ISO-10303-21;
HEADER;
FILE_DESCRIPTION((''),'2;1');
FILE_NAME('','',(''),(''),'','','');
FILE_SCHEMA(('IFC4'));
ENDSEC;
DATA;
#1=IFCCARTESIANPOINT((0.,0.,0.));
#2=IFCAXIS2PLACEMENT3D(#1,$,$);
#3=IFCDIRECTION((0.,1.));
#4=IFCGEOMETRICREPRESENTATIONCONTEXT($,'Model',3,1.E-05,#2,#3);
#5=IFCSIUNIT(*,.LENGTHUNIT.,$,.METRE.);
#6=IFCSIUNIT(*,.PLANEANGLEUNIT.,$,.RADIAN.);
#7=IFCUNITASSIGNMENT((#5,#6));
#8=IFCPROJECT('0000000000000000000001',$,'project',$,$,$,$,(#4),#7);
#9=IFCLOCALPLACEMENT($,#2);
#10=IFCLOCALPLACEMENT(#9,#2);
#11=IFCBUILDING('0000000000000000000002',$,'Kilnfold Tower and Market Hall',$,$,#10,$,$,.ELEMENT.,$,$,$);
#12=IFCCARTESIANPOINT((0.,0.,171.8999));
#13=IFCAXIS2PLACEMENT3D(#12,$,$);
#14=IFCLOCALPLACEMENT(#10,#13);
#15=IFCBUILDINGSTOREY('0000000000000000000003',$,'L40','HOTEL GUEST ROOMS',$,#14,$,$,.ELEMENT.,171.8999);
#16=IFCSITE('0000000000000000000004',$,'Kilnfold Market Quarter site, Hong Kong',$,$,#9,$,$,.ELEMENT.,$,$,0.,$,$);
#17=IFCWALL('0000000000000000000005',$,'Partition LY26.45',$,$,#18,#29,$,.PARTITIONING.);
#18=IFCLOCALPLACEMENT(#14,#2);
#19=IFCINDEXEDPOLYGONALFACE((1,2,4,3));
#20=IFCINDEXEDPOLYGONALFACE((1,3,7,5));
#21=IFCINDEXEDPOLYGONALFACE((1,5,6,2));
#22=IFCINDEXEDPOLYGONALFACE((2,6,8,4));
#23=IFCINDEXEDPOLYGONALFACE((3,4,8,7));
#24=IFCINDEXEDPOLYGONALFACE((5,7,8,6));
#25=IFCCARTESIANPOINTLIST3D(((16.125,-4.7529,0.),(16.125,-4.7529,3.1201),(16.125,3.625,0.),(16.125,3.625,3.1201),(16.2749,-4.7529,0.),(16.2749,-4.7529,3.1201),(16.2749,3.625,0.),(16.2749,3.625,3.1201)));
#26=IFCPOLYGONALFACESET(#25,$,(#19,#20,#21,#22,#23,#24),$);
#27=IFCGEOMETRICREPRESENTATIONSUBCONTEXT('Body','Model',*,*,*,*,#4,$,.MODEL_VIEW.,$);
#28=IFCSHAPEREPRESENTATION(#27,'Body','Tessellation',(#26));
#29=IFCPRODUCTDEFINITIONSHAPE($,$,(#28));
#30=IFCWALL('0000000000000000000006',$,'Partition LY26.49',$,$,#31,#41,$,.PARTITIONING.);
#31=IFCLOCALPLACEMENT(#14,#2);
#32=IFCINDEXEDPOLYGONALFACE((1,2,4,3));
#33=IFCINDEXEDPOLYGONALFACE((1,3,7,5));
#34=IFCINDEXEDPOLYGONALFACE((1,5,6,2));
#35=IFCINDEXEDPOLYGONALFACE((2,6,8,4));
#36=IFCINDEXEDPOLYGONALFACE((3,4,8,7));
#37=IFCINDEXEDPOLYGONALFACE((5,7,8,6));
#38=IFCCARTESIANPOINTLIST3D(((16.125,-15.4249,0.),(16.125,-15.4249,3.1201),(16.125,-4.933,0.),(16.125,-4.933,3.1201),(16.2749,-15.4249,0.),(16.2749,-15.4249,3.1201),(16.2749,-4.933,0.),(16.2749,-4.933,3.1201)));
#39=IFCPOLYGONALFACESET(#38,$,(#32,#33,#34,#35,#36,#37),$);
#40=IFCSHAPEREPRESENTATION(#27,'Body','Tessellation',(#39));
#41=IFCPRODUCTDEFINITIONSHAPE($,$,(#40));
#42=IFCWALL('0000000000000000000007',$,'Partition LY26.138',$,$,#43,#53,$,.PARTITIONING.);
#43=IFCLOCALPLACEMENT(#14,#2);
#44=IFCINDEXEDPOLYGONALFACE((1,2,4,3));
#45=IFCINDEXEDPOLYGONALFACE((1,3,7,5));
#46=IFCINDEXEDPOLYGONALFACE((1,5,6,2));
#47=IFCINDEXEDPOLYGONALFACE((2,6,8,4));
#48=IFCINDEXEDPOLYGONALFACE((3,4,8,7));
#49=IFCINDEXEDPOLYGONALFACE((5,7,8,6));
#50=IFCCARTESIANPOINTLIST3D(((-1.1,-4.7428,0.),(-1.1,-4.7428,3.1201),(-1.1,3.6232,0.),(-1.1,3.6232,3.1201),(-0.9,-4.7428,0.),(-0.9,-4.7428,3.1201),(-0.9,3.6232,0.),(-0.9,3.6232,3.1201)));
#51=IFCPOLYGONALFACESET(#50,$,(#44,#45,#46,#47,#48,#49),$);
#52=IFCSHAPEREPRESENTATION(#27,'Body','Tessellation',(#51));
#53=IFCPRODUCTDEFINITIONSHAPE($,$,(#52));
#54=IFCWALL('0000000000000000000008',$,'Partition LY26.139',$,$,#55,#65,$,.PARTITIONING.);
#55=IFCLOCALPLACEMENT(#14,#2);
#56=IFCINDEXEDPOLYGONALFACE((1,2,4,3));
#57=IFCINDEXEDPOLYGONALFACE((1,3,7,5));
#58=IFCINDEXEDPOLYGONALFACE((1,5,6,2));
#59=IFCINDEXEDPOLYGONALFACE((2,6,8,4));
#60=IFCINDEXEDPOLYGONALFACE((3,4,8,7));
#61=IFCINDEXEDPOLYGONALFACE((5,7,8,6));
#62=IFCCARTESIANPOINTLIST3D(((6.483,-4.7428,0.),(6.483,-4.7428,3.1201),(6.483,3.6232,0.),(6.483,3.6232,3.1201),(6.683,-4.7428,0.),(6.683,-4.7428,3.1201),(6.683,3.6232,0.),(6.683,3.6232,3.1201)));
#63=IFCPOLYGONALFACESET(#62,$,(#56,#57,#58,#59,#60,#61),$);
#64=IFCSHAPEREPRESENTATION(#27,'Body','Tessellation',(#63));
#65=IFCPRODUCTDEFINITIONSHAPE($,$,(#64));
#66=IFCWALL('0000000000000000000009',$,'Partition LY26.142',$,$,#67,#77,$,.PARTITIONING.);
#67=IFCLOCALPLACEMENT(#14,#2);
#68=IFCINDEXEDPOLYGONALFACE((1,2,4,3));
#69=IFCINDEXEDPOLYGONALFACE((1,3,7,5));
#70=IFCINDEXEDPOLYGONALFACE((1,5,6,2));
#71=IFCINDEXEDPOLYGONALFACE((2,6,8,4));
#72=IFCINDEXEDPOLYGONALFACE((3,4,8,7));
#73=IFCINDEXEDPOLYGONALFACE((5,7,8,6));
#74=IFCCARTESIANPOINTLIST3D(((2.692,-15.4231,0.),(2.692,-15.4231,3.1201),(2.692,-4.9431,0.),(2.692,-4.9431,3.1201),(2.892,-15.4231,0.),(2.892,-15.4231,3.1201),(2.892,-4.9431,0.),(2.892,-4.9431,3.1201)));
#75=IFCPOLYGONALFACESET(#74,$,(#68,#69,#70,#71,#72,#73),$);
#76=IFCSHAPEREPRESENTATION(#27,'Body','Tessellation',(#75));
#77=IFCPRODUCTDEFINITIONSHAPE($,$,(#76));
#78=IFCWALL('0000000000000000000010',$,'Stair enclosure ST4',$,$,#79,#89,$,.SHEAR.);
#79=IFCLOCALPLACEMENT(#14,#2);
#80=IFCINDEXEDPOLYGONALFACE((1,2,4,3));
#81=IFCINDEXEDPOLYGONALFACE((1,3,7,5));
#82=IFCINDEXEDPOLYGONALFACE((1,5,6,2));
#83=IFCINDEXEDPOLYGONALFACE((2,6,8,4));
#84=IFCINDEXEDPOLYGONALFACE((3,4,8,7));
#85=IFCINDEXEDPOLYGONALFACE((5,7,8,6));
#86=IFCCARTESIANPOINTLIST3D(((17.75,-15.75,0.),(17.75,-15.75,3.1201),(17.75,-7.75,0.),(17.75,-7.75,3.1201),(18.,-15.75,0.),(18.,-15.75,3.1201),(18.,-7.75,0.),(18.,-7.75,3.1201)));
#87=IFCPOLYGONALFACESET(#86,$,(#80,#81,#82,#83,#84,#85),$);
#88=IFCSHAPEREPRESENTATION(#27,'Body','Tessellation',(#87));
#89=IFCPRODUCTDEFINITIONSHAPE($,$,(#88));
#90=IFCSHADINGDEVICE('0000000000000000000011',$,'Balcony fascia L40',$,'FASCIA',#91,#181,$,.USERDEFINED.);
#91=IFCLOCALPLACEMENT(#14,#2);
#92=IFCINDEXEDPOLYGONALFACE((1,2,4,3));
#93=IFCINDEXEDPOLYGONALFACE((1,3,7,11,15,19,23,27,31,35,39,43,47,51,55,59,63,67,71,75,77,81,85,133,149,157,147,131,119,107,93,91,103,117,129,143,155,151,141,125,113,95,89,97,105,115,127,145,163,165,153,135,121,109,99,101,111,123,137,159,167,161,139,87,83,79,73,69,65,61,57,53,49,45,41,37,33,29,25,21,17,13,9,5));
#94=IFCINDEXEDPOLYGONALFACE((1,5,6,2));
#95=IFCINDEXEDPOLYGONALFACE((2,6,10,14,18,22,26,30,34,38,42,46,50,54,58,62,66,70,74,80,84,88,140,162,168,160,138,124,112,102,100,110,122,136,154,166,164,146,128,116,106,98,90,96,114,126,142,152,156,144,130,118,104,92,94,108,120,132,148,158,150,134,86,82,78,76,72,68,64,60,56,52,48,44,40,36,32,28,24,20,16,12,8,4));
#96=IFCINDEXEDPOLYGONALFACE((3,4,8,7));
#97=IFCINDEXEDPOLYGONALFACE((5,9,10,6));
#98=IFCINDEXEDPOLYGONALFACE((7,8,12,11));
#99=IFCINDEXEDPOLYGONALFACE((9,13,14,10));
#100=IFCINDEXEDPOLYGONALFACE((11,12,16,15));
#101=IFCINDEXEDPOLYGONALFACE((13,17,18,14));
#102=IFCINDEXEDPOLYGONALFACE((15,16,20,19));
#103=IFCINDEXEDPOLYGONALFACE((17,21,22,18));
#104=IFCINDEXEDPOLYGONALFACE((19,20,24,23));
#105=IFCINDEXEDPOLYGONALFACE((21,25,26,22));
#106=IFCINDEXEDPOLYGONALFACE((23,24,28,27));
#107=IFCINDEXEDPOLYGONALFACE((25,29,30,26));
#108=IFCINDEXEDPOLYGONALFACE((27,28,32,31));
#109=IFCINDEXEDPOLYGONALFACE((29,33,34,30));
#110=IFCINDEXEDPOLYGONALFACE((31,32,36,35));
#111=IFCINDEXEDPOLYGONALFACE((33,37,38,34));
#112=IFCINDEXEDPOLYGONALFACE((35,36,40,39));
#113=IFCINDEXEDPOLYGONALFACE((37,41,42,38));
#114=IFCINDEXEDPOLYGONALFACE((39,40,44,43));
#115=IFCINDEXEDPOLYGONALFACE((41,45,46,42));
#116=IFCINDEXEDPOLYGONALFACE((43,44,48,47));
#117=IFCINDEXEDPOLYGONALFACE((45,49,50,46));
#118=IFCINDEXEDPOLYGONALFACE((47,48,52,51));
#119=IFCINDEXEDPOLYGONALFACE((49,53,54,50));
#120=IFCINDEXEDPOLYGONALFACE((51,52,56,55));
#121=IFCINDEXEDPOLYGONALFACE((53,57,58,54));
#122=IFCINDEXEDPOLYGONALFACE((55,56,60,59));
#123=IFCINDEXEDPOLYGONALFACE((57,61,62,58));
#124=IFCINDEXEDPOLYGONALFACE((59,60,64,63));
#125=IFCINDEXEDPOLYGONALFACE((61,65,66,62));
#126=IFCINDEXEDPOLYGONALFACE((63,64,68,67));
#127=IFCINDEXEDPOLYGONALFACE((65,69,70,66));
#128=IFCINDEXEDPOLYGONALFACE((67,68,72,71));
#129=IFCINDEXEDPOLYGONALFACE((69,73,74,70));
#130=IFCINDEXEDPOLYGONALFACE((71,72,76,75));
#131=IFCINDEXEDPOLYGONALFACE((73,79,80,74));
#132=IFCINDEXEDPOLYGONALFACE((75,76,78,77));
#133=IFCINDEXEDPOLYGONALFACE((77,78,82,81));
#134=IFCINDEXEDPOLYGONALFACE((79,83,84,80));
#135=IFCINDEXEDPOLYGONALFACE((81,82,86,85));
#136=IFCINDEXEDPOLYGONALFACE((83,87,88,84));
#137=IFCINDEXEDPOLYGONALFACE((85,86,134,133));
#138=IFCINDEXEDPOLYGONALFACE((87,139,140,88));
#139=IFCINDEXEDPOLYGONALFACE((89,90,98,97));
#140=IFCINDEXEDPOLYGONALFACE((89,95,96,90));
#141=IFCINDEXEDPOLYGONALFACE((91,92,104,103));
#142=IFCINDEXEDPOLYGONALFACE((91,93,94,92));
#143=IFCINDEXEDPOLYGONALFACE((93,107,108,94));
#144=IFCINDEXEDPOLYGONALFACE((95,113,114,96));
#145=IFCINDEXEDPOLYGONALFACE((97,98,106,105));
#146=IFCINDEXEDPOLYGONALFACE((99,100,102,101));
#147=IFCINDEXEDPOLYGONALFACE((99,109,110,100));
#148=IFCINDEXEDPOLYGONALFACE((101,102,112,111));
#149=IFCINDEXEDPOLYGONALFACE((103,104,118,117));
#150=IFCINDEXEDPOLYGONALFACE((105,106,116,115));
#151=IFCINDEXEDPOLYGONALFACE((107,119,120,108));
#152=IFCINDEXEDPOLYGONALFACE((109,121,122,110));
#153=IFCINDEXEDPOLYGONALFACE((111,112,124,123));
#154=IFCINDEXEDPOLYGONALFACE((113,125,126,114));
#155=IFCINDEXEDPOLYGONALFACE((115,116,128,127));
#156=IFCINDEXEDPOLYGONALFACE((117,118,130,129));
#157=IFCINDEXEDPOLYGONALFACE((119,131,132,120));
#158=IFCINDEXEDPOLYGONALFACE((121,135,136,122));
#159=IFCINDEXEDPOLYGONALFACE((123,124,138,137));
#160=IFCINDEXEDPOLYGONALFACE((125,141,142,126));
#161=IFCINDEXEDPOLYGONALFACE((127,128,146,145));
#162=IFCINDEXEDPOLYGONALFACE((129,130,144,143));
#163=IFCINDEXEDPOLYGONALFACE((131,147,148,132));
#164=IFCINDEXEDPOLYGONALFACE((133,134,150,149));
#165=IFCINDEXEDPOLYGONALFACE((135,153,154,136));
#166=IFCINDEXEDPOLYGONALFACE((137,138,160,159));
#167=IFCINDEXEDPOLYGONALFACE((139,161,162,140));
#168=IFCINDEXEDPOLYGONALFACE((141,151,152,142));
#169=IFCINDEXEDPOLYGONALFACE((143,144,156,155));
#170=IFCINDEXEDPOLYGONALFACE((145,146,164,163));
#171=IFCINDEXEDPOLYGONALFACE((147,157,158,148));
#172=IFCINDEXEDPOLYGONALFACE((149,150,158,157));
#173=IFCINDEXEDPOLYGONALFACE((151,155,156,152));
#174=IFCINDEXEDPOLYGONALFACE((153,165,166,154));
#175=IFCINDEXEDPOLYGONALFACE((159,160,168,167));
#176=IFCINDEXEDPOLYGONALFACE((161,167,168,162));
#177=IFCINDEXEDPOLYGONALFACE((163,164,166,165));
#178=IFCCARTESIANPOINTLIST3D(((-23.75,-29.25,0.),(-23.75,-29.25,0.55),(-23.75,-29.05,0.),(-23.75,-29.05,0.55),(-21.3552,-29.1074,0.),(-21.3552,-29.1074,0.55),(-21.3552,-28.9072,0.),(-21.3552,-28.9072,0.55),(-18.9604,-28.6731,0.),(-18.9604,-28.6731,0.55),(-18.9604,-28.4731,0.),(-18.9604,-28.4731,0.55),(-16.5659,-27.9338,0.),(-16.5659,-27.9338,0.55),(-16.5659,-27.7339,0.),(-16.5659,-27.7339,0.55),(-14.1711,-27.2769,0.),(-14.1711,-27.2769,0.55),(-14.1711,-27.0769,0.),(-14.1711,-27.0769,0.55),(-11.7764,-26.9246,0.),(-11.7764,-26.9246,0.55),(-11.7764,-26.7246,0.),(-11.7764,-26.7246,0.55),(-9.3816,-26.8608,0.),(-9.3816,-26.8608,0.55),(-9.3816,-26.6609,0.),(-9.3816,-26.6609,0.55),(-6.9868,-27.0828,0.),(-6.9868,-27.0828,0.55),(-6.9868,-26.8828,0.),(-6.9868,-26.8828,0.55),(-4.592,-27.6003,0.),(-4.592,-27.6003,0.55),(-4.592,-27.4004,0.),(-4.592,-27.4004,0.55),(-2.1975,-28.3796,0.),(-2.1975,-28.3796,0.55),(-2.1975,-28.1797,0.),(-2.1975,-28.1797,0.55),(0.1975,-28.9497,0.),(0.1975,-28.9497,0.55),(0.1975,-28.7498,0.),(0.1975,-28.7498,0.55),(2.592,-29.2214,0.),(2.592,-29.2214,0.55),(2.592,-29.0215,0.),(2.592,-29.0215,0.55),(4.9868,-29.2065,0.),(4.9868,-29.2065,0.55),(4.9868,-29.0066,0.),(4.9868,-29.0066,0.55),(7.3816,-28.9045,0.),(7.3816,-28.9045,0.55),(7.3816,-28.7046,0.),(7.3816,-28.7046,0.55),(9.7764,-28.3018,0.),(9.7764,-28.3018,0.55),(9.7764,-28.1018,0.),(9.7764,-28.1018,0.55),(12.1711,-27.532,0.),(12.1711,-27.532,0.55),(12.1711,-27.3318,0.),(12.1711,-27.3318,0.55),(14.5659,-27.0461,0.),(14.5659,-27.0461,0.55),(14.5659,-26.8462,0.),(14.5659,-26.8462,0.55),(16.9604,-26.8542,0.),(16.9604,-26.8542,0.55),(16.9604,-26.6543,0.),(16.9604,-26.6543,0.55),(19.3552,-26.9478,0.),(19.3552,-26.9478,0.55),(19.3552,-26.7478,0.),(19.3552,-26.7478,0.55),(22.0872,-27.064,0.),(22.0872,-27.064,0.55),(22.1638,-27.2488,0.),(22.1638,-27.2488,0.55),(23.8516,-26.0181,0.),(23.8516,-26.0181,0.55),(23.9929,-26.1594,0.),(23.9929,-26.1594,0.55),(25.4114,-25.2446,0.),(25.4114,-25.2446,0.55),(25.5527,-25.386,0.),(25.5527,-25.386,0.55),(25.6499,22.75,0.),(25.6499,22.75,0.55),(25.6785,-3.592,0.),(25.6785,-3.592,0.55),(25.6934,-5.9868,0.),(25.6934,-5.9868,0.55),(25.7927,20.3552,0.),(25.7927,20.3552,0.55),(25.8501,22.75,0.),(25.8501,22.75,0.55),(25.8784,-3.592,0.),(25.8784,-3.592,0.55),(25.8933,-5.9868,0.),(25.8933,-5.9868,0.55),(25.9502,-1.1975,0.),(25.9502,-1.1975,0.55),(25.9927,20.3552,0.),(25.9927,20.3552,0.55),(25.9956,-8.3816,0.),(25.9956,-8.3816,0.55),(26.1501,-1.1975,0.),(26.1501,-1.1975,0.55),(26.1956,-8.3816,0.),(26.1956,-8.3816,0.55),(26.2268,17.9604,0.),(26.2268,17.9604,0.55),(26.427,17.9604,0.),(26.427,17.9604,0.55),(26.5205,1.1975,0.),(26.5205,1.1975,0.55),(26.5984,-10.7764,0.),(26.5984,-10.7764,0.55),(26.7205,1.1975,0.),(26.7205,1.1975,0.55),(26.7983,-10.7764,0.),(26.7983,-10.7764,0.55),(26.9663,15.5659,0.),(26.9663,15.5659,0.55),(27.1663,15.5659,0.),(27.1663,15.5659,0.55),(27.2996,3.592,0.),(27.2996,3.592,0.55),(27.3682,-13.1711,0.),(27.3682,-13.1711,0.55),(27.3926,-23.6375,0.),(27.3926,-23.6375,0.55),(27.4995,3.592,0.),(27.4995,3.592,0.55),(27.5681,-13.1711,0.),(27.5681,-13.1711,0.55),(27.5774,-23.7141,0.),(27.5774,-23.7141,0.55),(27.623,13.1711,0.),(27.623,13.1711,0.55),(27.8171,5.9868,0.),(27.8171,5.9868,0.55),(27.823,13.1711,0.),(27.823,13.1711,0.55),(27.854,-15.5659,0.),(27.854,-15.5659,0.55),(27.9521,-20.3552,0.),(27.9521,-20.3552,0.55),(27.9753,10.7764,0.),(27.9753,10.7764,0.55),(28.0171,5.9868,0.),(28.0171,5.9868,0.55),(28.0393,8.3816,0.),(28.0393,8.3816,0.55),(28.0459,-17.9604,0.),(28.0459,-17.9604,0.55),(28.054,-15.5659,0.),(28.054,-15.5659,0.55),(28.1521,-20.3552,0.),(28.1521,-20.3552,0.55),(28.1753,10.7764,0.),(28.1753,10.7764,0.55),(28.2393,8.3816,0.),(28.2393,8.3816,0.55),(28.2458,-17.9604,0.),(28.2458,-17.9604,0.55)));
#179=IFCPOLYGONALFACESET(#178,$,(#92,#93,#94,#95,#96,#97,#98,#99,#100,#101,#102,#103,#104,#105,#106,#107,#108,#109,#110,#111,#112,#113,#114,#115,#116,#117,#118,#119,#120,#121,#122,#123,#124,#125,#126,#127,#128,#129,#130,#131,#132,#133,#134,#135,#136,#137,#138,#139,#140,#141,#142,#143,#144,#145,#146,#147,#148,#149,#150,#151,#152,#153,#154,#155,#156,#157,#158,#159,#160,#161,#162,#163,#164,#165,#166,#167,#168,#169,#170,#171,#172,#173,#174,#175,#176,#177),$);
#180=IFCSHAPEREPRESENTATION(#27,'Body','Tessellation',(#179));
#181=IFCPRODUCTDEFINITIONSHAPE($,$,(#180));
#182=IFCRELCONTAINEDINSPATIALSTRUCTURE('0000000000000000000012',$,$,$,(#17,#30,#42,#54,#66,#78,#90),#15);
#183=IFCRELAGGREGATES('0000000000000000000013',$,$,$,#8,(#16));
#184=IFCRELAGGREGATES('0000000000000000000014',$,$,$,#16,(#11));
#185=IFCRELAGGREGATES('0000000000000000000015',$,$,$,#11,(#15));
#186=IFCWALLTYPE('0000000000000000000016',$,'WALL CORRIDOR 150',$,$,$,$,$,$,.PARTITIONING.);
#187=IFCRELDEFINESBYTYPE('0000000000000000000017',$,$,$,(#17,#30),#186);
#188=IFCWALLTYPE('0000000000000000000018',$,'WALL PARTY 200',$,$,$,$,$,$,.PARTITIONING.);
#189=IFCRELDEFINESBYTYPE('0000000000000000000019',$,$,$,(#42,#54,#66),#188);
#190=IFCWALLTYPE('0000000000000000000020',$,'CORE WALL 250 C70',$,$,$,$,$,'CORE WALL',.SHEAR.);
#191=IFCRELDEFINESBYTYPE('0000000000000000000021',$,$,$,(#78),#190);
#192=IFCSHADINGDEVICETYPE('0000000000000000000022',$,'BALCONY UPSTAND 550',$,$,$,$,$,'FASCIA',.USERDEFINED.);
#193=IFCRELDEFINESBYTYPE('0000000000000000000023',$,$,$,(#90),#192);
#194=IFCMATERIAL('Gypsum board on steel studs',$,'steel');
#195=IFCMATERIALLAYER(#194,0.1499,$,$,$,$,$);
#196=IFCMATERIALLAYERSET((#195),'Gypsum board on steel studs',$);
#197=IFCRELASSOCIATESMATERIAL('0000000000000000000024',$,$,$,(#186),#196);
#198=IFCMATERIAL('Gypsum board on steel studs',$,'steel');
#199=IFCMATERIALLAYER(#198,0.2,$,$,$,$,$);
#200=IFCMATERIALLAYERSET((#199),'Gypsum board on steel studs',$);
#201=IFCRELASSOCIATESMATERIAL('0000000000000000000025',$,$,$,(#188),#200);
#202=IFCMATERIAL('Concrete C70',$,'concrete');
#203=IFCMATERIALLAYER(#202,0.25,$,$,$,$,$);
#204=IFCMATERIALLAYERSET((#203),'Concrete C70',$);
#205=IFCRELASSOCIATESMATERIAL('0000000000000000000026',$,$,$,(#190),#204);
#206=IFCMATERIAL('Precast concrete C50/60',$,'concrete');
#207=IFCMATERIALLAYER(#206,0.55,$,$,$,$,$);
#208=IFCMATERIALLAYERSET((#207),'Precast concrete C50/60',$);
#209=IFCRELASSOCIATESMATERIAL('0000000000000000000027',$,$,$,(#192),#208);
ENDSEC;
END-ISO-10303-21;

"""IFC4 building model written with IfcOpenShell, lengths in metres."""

from ifc_helpers import new_model, si_unit, direction, frame, frame_2d, origin, place, context, subcontext, project, spatial, polyline, rectangle, outline, extrude, source, transform, mapped, material, layer, layer_set, type_object, element, save


model = new_model("IFC4")

# Units and contexts
model_context = context("Model", 3, precision=1e-05, world=origin(), true_north=direction((0.0, 1.0)))
body_context = subcontext(model_context, "Body", "Model", "MODEL_VIEW")
ifc_project = project(units=[si_unit("LENGTHUNIT", "METRE"), si_unit("PLANEANGLEUNIT", "RADIAN")], contexts=[model_context])

# Site, building, storey
site_placement = place(None, origin())
site = spatial("IfcSite", under=ifc_project, at=site_placement, Name="Kilnfold Market Quarter site, Hong Kong", CompositionType="ELEMENT", RefElevation=0.0)
building_placement = place(site_placement, origin())
building = spatial("IfcBuilding", under=site, at=building_placement, Name="Kilnfold Tower and Market Hall", CompositionType="ELEMENT")
storey_placement = place(building_placement, frame((0.0, 0.0, 171.8999)))
storey = spatial("IfcBuildingStorey", under=building, at=storey_placement, Name="L40", Description="HOTEL GUEST ROOMS", CompositionType="ELEMENT", Elevation=171.8999)

# Shared definitions
ifc_material_1 = material(Name="Gypsum board on steel studs", Category="steel")
ifc_layer_1 = layer(ifc_material_1, 0.1499)
ifc_layer_set_1 = layer_set([ifc_layer_1], Name="Gypsum board on steel studs")
wall_type_1 = type_object("IfcWallType", Name="WALL CORRIDOR 150", PredefinedType="PARTITIONING", material=ifc_layer_set_1)

# Walls
wall_1_placement = place(storey_placement, frame((16.2, -4.7529, 0.0), z_axis=(0.0, 0.0, 1.0), x_axis=(0.0, 1.0, 0.0)))
element("IfcWall", 1, at=wall_1_placement, inside=storey, type_object=wall_type_1, Name="Partition LY26.45", PredefinedType="PARTITIONING", context=body_context, shape_type="SweptSolid", body=[
    extrude(rectangle(XDim=8.3779, YDim=0.1499, at=frame_2d((4.189, 0.0))), origin(), (0.0, 0.0, 1.0), 3.1201),
])
wall_2_placement = place(storey_placement, frame((16.2, -15.425, 0.0), z_axis=(0.0, 0.0, 1.0), x_axis=(0.0, 1.0, 0.0)))
element("IfcWall", 2, at=wall_2_placement, inside=storey, type_object=wall_type_1, Name="Partition LY26.49", PredefinedType="PARTITIONING", context=body_context, shape_type="SweptSolid", body=[
    extrude(rectangle(XDim=10.4919, YDim=0.1499, at=frame_2d((5.2461, 0.0))), origin(), (0.0, 0.0, 1.0), 3.1201),
])
ifc_material_2 = material(Name="Gypsum board on steel studs", Category="steel")
ifc_layer_2 = layer(ifc_material_2, 0.2)
ifc_layer_set_2 = layer_set([ifc_layer_2], Name="Gypsum board on steel studs")
wall_type_2 = type_object("IfcWallType", Name="WALL PARTY 200", PredefinedType="PARTITIONING", material=ifc_layer_set_2)
for number, where, z_axis, x_axis, name in (
    (3, (-1.0, -4.7429, 0.0), (0.0, 0.0, 1.0), (0.0, 1.0, 0.0), "Partition LY26.138"),
    (4, (6.583, -4.7429, 0.0), (0.0, 0.0, 1.0), (0.0, 1.0, 0.0), "Partition LY26.139"),
):
    element("IfcWall", number, at=place(storey_placement, frame(where, z_axis=z_axis, x_axis=x_axis)), inside=storey, type_object=wall_type_2, Name=name, PredefinedType="PARTITIONING", context=body_context, shape_type="SweptSolid", body=[
        extrude(rectangle(XDim=8.366, YDim=0.2, at=frame_2d((4.1831, 0.0))), origin(), (0.0, 0.0, 1.0), 3.1201),
    ])
wall_3_placement = place(storey_placement, frame((2.792, -15.4231, 0.0), z_axis=(0.0, 0.0, 1.0), x_axis=(0.0, 1.0, 0.0)))
element("IfcWall", 5, at=wall_3_placement, inside=storey, type_object=wall_type_2, Name="Partition LY26.142", PredefinedType="PARTITIONING", context=body_context, shape_type="SweptSolid", body=[
    extrude(rectangle(XDim=10.48, YDim=0.2, at=frame_2d((5.24, 0.0))), origin(), (0.0, 0.0, 1.0), 3.1201),
])
ifc_material_3 = material(Name="Concrete C70", Category="concrete")
ifc_layer_3 = layer(ifc_material_3, 0.25)
ifc_layer_set_3 = layer_set([ifc_layer_3], Name="Concrete C70")
wall_type_3 = type_object("IfcWallType", Name="CORE WALL 250 C70", ElementType="CORE WALL", PredefinedType="SHEAR", material=ifc_layer_set_3)
shared_shape_1 = source(origin(), body_context, "Body", "SweptSolid", [
    extrude(rectangle(XDim=8.0, YDim=0.25, at=frame_2d((4.0, 0.0))), origin(), (0.0, 0.0, 1.0), 3.1201),
])
wall_4_placement = place(storey_placement, frame((17.875, -15.75, 0.0), z_axis=(0.0, 0.0, 1.0), x_axis=(0.0, 1.0, 0.0)))
element("IfcWall", 6, at=wall_4_placement, inside=storey, type_object=wall_type_3, Name="Stair enclosure ST4", PredefinedType="SHEAR", context=body_context, shape_type="MappedRepresentation", body=[
    mapped(shared_shape_1, transform((0.0, 0.0, 0.0))),
])

# Shading device
ifc_material_4 = material(Name="Precast concrete C50/60", Category="concrete")
ifc_layer_4 = layer(ifc_material_4, 0.55)
ifc_layer_set_4 = layer_set([ifc_layer_4], Name="Precast concrete C50/60")
shading_device_type_1 = type_object("IfcShadingDeviceType", Name="BALCONY UPSTAND 550", ElementType="FASCIA", PredefinedType="USERDEFINED", material=ifc_layer_set_4)
shared_shape_2 = source(origin(), body_context, "Body", "SweptSolid", [
    extrude(outline(polyline([(-23.75, -29.25), (-21.3552, -29.1074), (-18.9604, -28.6731), (-16.5659, -27.9338), (-14.1711, -27.2769), (-11.7764, -26.9246), (-9.3816, -26.8608), (-6.9868, -27.0828), (-4.592, -27.6003), (-2.1975, -28.3796), (0.1975, -28.9497), (2.592, -29.2214), (4.9868, -29.2065), (7.3816, -28.9045), (9.7764, -28.3018), (12.1711, -27.532), (14.5659, -27.0461), (16.9604, -26.8542), (19.3552, -26.9478), (22.1638, -27.2488), (23.9929, -26.1594), (25.5527, -25.386), (27.5774, -23.7141), (28.1521, -20.3552), (28.2458, -17.9604), (28.054, -15.5659), (27.5681, -13.1711), (26.7983, -10.7764), (26.1956, -8.3816), (25.8933, -5.9868), (25.8784, -3.592), (26.1501, -1.1975), (26.7205, 1.1975), (27.4995, 3.592), (28.0171, 5.9868), (28.2393, 8.3816), (28.1753, 10.7764), (27.823, 13.1711), (27.1663, 15.5659), (26.427, 17.9604), (25.9927, 20.3552), (25.8501, 22.75), (25.6499, 22.75), (25.7927, 20.3552), (26.2268, 17.9604), (26.9663, 15.5659), (27.623, 13.1711), (27.9753, 10.7764), (28.0393, 8.3816), (27.8171, 5.9868), (27.2996, 3.592), (26.5205, 1.1975), (25.9502, -1.1975), (25.6785, -3.592), (25.6934, -5.9868), (25.9956, -8.3816), (26.5984, -10.7764), (27.3682, -13.1711), (27.854, -15.5659), (28.0459, -17.9604), (27.9521, -20.3552), (27.3926, -23.6375), (25.4114, -25.2446), (23.8516, -26.0181), (22.0872, -27.064), (19.3552, -26.7478), (16.9604, -26.6543), (14.5659, -26.8462), (12.1711, -27.3318), (9.7764, -28.1018), (7.3816, -28.7046), (4.9868, -29.0066), (2.592, -29.0215), (0.1975, -28.7498), (-2.1975, -28.1797), (-4.592, -27.4004), (-6.9868, -26.8828), (-9.3816, -26.6609), (-11.7764, -26.7246), (-14.1711, -27.0769), (-16.5659, -27.7339), (-18.9604, -28.4731), (-21.3552, -28.9072), (-23.75, -29.05), (-23.75, -29.25)])), origin(), (0.0, 0.0, 1.0), 0.55),
])
shading_device_1_placement = place(storey_placement, origin())
element("IfcShadingDevice", 7, at=shading_device_1_placement, inside=storey, type_object=shading_device_type_1, Name="Balcony fascia L40", ObjectType="FASCIA", PredefinedType="USERDEFINED", context=body_context, shape_type="MappedRepresentation", body=[
    mapped(shared_shape_2, transform((0.0, 0.0, 0.0))),
])

save(model, "model.ifc")
